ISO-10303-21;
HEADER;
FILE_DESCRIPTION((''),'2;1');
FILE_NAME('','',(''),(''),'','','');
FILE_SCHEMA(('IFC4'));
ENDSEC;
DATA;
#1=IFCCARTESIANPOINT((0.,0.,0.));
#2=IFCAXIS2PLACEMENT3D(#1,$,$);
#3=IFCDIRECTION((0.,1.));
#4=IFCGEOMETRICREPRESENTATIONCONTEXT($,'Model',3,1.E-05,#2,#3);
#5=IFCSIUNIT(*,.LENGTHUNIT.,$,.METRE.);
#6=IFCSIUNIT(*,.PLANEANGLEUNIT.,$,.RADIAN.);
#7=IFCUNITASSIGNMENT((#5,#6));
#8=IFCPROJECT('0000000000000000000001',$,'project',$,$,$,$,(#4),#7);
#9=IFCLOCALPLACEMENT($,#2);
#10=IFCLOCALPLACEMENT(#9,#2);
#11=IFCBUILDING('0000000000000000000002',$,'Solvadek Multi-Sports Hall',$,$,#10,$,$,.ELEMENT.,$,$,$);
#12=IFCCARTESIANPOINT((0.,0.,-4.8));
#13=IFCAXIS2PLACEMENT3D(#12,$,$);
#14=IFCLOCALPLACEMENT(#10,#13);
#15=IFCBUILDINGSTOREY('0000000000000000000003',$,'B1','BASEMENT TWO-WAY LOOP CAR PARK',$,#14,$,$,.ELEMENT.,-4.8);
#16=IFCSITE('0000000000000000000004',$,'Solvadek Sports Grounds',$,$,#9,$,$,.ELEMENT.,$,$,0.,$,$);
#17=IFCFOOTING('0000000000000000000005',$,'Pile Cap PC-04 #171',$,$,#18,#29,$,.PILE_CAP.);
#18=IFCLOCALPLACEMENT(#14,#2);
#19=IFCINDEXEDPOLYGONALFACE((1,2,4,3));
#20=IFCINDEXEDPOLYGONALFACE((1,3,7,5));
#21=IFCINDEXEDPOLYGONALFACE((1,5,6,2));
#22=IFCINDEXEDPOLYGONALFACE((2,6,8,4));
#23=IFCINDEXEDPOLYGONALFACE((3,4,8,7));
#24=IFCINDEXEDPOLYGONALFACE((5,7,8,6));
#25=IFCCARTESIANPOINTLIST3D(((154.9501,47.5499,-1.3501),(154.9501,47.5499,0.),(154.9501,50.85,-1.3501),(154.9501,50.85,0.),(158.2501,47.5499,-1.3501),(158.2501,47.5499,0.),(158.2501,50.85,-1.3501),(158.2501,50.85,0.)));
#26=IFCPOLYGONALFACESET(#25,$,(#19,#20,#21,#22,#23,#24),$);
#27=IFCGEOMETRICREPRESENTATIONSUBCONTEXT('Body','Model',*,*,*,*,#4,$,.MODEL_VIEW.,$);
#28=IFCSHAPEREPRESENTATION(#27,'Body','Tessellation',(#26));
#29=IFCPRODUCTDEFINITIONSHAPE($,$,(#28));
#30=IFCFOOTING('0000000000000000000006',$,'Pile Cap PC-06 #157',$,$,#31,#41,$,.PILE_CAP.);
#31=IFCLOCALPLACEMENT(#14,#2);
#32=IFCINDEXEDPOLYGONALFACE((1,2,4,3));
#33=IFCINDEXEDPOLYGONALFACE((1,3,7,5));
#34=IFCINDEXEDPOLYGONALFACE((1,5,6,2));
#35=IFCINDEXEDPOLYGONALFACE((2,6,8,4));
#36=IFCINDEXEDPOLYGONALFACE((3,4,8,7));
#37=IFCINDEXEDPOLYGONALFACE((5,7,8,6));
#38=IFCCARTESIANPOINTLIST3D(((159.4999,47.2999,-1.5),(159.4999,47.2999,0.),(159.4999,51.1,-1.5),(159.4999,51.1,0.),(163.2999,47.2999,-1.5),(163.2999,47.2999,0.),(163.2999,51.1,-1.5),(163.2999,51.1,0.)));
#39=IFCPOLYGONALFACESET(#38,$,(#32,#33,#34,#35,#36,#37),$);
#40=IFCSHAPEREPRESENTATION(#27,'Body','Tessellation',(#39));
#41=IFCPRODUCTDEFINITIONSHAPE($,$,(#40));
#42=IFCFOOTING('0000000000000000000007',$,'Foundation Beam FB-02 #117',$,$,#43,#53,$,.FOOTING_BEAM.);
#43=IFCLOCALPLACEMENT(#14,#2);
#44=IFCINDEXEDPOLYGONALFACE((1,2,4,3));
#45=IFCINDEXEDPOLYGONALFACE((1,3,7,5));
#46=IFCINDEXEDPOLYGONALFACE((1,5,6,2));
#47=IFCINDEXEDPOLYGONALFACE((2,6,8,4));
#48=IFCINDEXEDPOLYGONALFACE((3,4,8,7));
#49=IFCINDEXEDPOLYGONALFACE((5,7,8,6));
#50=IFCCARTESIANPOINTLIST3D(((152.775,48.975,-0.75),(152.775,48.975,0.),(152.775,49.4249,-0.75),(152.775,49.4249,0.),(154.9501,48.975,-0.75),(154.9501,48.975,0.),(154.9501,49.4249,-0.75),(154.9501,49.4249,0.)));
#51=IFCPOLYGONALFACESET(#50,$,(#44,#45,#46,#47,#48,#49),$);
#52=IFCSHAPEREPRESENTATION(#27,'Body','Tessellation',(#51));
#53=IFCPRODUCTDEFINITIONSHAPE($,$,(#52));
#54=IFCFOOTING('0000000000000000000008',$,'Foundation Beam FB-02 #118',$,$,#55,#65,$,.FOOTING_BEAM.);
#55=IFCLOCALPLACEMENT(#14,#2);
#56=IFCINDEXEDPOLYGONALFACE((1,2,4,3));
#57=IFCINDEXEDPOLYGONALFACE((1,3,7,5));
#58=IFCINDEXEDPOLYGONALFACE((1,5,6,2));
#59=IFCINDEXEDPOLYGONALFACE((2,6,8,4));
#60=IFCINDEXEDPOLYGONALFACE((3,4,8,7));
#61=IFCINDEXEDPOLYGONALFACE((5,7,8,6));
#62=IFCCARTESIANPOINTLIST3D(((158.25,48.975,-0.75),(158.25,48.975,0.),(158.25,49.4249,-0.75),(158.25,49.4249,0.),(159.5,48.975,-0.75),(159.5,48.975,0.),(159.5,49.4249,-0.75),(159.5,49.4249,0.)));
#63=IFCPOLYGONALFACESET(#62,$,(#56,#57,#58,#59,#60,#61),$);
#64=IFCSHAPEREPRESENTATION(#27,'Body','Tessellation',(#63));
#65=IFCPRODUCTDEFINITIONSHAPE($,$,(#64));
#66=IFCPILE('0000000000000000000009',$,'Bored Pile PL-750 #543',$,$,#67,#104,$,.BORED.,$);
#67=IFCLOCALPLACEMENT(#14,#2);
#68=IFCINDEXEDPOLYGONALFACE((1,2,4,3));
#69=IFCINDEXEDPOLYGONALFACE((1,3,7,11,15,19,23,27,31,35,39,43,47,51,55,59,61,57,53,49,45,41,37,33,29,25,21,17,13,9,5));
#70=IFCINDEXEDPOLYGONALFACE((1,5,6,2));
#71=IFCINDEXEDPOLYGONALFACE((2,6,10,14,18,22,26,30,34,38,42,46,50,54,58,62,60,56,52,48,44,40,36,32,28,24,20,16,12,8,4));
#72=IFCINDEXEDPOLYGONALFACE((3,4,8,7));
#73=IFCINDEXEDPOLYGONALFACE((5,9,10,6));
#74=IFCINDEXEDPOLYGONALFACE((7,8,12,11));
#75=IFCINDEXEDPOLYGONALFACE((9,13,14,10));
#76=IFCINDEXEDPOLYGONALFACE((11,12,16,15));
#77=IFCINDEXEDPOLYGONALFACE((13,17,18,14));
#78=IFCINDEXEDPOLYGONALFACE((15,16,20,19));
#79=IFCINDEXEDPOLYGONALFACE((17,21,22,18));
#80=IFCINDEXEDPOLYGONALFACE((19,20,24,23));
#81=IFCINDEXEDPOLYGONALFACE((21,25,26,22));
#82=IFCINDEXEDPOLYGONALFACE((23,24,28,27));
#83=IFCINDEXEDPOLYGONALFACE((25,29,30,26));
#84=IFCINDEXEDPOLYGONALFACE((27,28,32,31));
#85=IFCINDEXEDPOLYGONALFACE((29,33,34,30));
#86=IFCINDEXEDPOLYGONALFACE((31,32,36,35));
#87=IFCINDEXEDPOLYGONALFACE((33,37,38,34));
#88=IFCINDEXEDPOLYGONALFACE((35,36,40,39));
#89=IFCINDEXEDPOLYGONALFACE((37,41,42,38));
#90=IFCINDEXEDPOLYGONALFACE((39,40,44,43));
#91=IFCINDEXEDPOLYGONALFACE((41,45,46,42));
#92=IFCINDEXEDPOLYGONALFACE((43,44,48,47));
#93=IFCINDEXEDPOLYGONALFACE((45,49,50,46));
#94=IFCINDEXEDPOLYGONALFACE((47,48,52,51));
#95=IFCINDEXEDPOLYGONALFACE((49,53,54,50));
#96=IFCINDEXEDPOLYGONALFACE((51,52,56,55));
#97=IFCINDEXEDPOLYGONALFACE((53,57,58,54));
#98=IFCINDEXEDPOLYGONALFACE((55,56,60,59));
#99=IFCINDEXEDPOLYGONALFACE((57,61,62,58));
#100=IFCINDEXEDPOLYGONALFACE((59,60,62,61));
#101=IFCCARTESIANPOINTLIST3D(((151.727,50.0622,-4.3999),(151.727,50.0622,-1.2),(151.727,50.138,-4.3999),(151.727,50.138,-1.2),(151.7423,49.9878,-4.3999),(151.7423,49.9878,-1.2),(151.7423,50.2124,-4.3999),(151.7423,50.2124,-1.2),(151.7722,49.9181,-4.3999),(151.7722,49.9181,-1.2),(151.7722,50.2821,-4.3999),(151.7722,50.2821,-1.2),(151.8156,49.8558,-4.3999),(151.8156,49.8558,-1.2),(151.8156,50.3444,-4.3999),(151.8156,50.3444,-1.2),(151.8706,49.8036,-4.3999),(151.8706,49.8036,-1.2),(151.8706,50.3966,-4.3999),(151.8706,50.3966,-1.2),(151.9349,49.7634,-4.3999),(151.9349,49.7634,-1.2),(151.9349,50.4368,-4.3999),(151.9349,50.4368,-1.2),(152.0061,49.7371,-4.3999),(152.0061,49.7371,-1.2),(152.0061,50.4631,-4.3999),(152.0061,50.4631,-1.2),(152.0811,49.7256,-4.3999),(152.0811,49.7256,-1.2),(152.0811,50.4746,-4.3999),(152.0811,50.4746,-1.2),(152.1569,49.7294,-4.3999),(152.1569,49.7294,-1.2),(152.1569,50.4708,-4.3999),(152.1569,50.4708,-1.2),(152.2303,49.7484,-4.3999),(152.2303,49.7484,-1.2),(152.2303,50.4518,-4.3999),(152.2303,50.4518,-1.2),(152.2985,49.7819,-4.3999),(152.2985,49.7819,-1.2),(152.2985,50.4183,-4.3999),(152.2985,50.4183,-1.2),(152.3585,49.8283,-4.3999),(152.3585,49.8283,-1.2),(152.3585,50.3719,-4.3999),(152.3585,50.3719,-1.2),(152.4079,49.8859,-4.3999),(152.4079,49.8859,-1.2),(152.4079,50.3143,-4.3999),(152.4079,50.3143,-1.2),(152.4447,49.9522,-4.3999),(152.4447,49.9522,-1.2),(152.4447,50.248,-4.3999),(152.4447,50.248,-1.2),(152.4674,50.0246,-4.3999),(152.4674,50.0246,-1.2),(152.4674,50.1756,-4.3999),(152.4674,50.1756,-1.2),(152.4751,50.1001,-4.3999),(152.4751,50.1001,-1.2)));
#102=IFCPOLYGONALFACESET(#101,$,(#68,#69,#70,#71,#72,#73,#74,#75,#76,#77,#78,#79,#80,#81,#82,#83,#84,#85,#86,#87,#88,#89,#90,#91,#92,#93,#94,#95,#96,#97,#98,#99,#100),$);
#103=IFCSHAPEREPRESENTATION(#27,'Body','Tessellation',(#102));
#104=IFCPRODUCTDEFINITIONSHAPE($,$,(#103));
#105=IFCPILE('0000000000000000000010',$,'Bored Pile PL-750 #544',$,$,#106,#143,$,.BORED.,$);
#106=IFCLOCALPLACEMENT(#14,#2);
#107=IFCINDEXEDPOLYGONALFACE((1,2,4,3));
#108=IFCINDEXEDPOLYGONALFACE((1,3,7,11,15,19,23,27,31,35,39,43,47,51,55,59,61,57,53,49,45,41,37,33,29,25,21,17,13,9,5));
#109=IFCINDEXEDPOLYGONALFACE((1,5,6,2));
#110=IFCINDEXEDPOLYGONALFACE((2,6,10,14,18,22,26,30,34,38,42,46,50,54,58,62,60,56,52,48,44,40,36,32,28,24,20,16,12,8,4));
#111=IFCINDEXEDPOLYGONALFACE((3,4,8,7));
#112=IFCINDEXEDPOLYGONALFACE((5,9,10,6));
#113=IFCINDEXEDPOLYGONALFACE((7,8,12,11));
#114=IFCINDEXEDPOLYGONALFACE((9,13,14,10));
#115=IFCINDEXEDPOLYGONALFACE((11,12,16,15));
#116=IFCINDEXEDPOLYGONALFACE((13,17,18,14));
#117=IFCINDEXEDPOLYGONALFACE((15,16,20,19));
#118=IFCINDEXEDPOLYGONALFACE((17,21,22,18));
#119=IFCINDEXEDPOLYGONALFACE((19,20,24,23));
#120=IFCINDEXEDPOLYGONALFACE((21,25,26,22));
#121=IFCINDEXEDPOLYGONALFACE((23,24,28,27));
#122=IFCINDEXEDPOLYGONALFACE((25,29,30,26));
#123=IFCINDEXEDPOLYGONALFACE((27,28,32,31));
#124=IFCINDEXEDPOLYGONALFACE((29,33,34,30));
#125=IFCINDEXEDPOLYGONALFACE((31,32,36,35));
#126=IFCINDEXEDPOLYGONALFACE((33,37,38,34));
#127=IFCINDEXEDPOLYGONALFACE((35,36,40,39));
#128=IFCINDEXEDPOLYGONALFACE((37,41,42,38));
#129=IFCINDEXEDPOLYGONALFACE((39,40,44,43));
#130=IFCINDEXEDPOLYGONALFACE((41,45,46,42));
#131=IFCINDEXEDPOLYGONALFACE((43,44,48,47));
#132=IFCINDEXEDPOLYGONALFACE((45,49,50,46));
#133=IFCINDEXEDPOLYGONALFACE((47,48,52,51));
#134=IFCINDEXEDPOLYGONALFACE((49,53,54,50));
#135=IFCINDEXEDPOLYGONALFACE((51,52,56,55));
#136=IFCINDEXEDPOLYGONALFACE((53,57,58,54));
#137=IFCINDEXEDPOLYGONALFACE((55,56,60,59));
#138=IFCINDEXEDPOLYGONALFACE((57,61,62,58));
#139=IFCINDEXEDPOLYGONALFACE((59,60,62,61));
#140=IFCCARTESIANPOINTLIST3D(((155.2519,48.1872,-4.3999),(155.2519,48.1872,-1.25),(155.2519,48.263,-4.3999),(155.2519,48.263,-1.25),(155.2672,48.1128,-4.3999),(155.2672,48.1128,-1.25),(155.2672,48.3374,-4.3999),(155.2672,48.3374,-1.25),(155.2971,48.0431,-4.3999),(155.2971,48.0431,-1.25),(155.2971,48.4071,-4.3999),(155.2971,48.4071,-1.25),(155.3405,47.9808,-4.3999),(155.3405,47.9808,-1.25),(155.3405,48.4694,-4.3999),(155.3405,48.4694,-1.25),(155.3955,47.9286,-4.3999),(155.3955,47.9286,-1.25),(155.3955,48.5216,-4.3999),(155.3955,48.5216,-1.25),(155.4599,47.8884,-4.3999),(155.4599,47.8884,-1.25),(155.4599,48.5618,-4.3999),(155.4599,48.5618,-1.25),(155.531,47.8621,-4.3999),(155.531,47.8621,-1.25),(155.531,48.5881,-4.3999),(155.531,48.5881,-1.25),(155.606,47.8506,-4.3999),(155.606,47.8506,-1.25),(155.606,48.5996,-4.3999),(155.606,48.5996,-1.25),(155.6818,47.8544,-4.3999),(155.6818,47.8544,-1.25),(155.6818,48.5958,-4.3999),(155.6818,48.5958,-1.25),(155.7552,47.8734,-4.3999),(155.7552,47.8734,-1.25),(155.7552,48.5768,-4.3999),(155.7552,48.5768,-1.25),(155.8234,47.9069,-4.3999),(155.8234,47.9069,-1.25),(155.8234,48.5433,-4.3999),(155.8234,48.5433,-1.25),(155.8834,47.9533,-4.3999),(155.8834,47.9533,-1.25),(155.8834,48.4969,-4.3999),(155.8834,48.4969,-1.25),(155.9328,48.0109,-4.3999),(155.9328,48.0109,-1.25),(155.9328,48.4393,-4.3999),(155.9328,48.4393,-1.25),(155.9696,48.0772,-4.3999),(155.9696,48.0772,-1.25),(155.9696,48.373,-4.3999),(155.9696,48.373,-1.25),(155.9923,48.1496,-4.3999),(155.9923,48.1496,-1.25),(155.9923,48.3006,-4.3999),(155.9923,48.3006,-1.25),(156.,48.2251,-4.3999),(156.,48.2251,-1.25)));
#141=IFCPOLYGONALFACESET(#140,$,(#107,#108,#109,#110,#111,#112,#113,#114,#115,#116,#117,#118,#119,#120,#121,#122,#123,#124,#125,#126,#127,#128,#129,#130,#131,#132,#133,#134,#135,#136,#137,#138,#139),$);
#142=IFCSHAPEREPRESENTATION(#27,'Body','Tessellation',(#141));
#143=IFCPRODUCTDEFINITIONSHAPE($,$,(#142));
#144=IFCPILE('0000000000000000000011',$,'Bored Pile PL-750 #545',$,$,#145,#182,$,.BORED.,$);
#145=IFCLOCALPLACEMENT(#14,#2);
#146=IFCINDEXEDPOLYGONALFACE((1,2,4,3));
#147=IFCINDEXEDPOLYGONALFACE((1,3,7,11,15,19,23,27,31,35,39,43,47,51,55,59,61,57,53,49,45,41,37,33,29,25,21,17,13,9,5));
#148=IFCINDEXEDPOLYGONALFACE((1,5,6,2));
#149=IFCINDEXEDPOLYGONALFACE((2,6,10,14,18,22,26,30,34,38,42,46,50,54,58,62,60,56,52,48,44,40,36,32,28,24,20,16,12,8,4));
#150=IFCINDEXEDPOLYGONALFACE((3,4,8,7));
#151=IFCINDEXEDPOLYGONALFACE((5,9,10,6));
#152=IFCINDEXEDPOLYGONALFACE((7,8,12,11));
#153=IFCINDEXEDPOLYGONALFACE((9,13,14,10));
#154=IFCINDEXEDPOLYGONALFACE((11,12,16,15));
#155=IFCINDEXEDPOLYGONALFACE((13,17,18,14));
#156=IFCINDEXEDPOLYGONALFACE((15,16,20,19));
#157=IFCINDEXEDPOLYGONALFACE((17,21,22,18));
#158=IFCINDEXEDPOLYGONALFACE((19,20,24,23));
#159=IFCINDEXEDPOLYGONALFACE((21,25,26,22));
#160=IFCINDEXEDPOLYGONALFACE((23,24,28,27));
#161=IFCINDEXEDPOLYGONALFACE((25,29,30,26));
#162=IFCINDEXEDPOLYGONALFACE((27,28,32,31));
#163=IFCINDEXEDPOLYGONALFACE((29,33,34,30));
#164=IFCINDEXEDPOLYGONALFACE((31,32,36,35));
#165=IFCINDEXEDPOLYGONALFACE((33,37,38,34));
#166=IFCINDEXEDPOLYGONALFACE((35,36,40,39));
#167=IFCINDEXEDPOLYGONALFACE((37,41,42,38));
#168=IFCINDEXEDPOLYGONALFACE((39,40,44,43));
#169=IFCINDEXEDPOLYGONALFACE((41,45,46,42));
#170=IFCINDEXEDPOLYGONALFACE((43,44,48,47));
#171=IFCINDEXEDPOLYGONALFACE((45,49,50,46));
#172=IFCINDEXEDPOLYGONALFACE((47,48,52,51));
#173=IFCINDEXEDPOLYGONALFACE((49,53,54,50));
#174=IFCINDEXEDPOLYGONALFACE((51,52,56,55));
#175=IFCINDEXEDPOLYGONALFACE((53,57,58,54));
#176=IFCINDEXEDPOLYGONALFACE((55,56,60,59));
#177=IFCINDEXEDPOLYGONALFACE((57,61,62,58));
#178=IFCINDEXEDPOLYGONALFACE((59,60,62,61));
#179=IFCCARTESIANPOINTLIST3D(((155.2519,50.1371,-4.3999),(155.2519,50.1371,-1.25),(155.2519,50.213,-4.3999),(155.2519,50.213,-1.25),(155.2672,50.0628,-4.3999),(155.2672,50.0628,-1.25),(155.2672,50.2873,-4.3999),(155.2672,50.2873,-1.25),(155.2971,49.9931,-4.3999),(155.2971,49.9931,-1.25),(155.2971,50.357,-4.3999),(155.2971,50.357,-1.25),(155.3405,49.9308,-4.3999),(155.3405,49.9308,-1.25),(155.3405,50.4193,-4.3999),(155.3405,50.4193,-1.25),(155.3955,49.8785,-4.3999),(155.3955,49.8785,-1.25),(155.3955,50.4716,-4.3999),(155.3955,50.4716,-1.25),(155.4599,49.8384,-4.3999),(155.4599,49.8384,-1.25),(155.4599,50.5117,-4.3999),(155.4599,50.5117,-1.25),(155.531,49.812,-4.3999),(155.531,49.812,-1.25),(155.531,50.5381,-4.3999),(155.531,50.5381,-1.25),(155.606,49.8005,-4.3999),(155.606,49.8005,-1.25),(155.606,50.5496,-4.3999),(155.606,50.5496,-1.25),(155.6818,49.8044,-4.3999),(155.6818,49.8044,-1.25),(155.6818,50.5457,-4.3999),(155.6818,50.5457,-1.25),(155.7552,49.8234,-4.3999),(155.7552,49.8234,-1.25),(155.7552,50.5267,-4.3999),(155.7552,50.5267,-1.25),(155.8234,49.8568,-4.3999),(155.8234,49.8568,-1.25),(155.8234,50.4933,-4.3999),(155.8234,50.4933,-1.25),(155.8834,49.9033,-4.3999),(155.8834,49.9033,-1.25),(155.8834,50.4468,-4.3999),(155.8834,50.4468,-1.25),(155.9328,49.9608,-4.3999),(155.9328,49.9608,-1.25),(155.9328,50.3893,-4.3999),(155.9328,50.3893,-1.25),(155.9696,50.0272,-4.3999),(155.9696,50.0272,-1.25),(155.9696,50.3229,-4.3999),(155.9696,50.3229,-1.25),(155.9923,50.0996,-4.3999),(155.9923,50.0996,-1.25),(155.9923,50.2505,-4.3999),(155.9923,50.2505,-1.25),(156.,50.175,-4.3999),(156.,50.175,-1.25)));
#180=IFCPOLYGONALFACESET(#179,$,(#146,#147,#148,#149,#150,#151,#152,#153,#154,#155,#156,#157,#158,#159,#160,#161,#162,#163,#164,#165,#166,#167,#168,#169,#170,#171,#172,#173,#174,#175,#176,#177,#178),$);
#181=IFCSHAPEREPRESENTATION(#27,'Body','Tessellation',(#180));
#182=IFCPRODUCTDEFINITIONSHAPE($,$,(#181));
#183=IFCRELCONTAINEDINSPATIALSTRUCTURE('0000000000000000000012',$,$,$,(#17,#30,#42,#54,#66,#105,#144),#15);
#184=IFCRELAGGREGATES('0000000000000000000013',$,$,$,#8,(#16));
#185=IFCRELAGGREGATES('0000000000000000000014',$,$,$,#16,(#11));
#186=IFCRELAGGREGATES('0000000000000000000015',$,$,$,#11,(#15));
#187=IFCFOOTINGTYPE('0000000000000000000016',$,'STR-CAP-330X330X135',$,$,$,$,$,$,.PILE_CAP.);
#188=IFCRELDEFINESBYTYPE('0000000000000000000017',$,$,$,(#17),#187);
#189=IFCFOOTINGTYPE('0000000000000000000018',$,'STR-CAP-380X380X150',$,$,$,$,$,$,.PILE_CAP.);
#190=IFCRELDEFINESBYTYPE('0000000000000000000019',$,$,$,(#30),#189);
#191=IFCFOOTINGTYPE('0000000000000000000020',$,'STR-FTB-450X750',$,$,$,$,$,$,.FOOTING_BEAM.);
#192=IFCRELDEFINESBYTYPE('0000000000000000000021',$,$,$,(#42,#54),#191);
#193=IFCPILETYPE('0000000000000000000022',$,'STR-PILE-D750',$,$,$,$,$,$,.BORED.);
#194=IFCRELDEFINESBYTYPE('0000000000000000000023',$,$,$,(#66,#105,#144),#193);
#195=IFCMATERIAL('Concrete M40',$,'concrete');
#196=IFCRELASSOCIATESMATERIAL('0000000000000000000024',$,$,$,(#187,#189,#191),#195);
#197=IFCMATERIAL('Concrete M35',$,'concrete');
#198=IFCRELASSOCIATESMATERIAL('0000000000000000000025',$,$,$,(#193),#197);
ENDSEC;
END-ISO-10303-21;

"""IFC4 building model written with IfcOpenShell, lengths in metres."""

from ifc_helpers import new_model, si_unit, direction, frame, origin, origin_2d, place, context, subcontext, project, spatial, rectangle, circle, extrude, material, material_profile, profile_set, type_object, element, save


model = new_model("IFC4")

# Units and contexts
model_context = context("Model", 3, precision=1e-05, world=origin(), true_north=direction((0.0, 1.0)))
body_context = subcontext(model_context, "Body", "Model", "MODEL_VIEW")
ifc_project = project(units=[si_unit("LENGTHUNIT", "METRE"), si_unit("PLANEANGLEUNIT", "RADIAN")], contexts=[model_context])

# Site, building, storey
site_placement = place(None, origin())
site = spatial("IfcSite", under=ifc_project, at=site_placement, Name="Solvadek Sports Grounds", CompositionType="ELEMENT", RefElevation=0.0)
building_placement = place(site_placement, origin())
building = spatial("IfcBuilding", under=site, at=building_placement, Name="Solvadek Multi-Sports Hall", CompositionType="ELEMENT")
storey_placement = place(building_placement, frame((0.0, 0.0, -4.8)))
storey = spatial("IfcBuildingStorey", under=building, at=storey_placement, Name="B1", Description="BASEMENT TWO-WAY LOOP CAR PARK", CompositionType="ELEMENT", Elevation=-4.8)

# Footings
ifc_material_1 = material(Name="Concrete M40", Category="concrete")
footing_type_1 = type_object("IfcFootingType", Name="STR-CAP-330X330X135", PredefinedType="PILE_CAP", material=ifc_material_1)
footing_1_placement = place(storey_placement, frame((156.6001, 49.2, -1.3501), z_axis=(0.0, 0.0, 1.0), x_axis=(1.0, 0.0, 0.0)))
element("IfcFooting", 1, at=footing_1_placement, inside=storey, type_object=footing_type_1, Name="Pile Cap PC-04 #171", PredefinedType="PILE_CAP", context=body_context, shape_type="SweptSolid", body=[
    extrude(rectangle(XDim=3.3, YDim=3.3, at=origin_2d()), origin(), (0.0, 0.0, 1.0), 1.3501),
])
footing_type_2 = type_object("IfcFootingType", Name="STR-CAP-380X380X150", PredefinedType="PILE_CAP", material=ifc_material_1)
footing_2_placement = place(storey_placement, frame((161.3999, 49.2, -1.5), z_axis=(0.0, 0.0, 1.0), x_axis=(1.0, 0.0, 0.0)))
element("IfcFooting", 2, at=footing_2_placement, inside=storey, type_object=footing_type_2, Name="Pile Cap PC-06 #157", PredefinedType="PILE_CAP", context=body_context, shape_type="SweptSolid", body=[
    extrude(rectangle(XDim=3.8, YDim=3.8, at=origin_2d()), origin(), (0.0, 0.0, 1.0), 1.5),
])
footing_type_3 = type_object("IfcFootingType", Name="STR-FTB-450X750", PredefinedType="FOOTING_BEAM", material=ifc_material_1)
footing_3_placement = place(storey_placement, frame((153.8625, 49.2, -0.75), z_axis=(0.0, 0.0, 1.0), x_axis=(1.0, 0.0, 0.0)))
element("IfcFooting", 3, at=footing_3_placement, inside=storey, type_object=footing_type_3, Name="Foundation Beam FB-02 #117", PredefinedType="FOOTING_BEAM", context=body_context, shape_type="SweptSolid", body=[
    extrude(rectangle(XDim=2.175, YDim=0.45, at=origin_2d()), origin(), (0.0, 0.0, 1.0), 0.75),
])
footing_4_placement = place(storey_placement, frame((158.875, 49.2, -0.75), z_axis=(0.0, 0.0, 1.0), x_axis=(1.0, 0.0, 0.0)))
element("IfcFooting", 4, at=footing_4_placement, inside=storey, type_object=footing_type_3, Name="Foundation Beam FB-02 #118", PredefinedType="FOOTING_BEAM", context=body_context, shape_type="SweptSolid", body=[
    extrude(rectangle(XDim=1.25, YDim=0.45, at=origin_2d()), origin(), (0.0, 0.0, 1.0), 0.75),
])

# Piles
ifc_material_2 = material(Name="Concrete M35", Category="concrete")
ifc_material_profile_1 = material_profile(ifc_material_2, circle(Radius=0.375, at=origin_2d()), Name="BORED PILE D750")
ifc_profile_set_1 = profile_set([ifc_material_profile_1], Name="Concrete M35")
pile_type_1 = type_object("IfcPileType", Name="STR-PILE-D750", PredefinedType="BORED", material=ifc_profile_set_1)
pile_1_placement = place(storey_placement, frame((152.1001, 50.1001, -1.2), z_axis=(0.0, 0.0, -1.0), x_axis=(1.0, 0.0, 0.0)))
element("IfcPile", 5, at=pile_1_placement, inside=storey, type_object=pile_type_1, Name="Bored Pile PL-750 #543", PredefinedType="BORED", context=body_context, shape_type="SweptSolid", body=[
    extrude(circle(Radius=0.375, at=origin_2d()), origin(), (0.0, 0.0, 1.0), 3.2),
])
for number, where, z_axis, x_axis, name in (
    (6, (155.625, 48.2251, -1.25), (0.0, 0.0, -1.0), (1.0, 0.0, 0.0), "Bored Pile PL-750 #544"),
    (7, (155.625, 50.175, -1.25), (0.0, 0.0, -1.0), (1.0, 0.0, 0.0), "Bored Pile PL-750 #545"),
):
    element("IfcPile", number, at=place(storey_placement, frame(where, z_axis=z_axis, x_axis=x_axis)), inside=storey, type_object=pile_type_1, Name=name, PredefinedType="BORED", context=body_context, shape_type="SweptSolid", body=[
        extrude(circle(Radius=0.375, at=origin_2d()), origin(), (0.0, 0.0, 1.0), 3.1499),
    ])

save(model, "model.ifc")
